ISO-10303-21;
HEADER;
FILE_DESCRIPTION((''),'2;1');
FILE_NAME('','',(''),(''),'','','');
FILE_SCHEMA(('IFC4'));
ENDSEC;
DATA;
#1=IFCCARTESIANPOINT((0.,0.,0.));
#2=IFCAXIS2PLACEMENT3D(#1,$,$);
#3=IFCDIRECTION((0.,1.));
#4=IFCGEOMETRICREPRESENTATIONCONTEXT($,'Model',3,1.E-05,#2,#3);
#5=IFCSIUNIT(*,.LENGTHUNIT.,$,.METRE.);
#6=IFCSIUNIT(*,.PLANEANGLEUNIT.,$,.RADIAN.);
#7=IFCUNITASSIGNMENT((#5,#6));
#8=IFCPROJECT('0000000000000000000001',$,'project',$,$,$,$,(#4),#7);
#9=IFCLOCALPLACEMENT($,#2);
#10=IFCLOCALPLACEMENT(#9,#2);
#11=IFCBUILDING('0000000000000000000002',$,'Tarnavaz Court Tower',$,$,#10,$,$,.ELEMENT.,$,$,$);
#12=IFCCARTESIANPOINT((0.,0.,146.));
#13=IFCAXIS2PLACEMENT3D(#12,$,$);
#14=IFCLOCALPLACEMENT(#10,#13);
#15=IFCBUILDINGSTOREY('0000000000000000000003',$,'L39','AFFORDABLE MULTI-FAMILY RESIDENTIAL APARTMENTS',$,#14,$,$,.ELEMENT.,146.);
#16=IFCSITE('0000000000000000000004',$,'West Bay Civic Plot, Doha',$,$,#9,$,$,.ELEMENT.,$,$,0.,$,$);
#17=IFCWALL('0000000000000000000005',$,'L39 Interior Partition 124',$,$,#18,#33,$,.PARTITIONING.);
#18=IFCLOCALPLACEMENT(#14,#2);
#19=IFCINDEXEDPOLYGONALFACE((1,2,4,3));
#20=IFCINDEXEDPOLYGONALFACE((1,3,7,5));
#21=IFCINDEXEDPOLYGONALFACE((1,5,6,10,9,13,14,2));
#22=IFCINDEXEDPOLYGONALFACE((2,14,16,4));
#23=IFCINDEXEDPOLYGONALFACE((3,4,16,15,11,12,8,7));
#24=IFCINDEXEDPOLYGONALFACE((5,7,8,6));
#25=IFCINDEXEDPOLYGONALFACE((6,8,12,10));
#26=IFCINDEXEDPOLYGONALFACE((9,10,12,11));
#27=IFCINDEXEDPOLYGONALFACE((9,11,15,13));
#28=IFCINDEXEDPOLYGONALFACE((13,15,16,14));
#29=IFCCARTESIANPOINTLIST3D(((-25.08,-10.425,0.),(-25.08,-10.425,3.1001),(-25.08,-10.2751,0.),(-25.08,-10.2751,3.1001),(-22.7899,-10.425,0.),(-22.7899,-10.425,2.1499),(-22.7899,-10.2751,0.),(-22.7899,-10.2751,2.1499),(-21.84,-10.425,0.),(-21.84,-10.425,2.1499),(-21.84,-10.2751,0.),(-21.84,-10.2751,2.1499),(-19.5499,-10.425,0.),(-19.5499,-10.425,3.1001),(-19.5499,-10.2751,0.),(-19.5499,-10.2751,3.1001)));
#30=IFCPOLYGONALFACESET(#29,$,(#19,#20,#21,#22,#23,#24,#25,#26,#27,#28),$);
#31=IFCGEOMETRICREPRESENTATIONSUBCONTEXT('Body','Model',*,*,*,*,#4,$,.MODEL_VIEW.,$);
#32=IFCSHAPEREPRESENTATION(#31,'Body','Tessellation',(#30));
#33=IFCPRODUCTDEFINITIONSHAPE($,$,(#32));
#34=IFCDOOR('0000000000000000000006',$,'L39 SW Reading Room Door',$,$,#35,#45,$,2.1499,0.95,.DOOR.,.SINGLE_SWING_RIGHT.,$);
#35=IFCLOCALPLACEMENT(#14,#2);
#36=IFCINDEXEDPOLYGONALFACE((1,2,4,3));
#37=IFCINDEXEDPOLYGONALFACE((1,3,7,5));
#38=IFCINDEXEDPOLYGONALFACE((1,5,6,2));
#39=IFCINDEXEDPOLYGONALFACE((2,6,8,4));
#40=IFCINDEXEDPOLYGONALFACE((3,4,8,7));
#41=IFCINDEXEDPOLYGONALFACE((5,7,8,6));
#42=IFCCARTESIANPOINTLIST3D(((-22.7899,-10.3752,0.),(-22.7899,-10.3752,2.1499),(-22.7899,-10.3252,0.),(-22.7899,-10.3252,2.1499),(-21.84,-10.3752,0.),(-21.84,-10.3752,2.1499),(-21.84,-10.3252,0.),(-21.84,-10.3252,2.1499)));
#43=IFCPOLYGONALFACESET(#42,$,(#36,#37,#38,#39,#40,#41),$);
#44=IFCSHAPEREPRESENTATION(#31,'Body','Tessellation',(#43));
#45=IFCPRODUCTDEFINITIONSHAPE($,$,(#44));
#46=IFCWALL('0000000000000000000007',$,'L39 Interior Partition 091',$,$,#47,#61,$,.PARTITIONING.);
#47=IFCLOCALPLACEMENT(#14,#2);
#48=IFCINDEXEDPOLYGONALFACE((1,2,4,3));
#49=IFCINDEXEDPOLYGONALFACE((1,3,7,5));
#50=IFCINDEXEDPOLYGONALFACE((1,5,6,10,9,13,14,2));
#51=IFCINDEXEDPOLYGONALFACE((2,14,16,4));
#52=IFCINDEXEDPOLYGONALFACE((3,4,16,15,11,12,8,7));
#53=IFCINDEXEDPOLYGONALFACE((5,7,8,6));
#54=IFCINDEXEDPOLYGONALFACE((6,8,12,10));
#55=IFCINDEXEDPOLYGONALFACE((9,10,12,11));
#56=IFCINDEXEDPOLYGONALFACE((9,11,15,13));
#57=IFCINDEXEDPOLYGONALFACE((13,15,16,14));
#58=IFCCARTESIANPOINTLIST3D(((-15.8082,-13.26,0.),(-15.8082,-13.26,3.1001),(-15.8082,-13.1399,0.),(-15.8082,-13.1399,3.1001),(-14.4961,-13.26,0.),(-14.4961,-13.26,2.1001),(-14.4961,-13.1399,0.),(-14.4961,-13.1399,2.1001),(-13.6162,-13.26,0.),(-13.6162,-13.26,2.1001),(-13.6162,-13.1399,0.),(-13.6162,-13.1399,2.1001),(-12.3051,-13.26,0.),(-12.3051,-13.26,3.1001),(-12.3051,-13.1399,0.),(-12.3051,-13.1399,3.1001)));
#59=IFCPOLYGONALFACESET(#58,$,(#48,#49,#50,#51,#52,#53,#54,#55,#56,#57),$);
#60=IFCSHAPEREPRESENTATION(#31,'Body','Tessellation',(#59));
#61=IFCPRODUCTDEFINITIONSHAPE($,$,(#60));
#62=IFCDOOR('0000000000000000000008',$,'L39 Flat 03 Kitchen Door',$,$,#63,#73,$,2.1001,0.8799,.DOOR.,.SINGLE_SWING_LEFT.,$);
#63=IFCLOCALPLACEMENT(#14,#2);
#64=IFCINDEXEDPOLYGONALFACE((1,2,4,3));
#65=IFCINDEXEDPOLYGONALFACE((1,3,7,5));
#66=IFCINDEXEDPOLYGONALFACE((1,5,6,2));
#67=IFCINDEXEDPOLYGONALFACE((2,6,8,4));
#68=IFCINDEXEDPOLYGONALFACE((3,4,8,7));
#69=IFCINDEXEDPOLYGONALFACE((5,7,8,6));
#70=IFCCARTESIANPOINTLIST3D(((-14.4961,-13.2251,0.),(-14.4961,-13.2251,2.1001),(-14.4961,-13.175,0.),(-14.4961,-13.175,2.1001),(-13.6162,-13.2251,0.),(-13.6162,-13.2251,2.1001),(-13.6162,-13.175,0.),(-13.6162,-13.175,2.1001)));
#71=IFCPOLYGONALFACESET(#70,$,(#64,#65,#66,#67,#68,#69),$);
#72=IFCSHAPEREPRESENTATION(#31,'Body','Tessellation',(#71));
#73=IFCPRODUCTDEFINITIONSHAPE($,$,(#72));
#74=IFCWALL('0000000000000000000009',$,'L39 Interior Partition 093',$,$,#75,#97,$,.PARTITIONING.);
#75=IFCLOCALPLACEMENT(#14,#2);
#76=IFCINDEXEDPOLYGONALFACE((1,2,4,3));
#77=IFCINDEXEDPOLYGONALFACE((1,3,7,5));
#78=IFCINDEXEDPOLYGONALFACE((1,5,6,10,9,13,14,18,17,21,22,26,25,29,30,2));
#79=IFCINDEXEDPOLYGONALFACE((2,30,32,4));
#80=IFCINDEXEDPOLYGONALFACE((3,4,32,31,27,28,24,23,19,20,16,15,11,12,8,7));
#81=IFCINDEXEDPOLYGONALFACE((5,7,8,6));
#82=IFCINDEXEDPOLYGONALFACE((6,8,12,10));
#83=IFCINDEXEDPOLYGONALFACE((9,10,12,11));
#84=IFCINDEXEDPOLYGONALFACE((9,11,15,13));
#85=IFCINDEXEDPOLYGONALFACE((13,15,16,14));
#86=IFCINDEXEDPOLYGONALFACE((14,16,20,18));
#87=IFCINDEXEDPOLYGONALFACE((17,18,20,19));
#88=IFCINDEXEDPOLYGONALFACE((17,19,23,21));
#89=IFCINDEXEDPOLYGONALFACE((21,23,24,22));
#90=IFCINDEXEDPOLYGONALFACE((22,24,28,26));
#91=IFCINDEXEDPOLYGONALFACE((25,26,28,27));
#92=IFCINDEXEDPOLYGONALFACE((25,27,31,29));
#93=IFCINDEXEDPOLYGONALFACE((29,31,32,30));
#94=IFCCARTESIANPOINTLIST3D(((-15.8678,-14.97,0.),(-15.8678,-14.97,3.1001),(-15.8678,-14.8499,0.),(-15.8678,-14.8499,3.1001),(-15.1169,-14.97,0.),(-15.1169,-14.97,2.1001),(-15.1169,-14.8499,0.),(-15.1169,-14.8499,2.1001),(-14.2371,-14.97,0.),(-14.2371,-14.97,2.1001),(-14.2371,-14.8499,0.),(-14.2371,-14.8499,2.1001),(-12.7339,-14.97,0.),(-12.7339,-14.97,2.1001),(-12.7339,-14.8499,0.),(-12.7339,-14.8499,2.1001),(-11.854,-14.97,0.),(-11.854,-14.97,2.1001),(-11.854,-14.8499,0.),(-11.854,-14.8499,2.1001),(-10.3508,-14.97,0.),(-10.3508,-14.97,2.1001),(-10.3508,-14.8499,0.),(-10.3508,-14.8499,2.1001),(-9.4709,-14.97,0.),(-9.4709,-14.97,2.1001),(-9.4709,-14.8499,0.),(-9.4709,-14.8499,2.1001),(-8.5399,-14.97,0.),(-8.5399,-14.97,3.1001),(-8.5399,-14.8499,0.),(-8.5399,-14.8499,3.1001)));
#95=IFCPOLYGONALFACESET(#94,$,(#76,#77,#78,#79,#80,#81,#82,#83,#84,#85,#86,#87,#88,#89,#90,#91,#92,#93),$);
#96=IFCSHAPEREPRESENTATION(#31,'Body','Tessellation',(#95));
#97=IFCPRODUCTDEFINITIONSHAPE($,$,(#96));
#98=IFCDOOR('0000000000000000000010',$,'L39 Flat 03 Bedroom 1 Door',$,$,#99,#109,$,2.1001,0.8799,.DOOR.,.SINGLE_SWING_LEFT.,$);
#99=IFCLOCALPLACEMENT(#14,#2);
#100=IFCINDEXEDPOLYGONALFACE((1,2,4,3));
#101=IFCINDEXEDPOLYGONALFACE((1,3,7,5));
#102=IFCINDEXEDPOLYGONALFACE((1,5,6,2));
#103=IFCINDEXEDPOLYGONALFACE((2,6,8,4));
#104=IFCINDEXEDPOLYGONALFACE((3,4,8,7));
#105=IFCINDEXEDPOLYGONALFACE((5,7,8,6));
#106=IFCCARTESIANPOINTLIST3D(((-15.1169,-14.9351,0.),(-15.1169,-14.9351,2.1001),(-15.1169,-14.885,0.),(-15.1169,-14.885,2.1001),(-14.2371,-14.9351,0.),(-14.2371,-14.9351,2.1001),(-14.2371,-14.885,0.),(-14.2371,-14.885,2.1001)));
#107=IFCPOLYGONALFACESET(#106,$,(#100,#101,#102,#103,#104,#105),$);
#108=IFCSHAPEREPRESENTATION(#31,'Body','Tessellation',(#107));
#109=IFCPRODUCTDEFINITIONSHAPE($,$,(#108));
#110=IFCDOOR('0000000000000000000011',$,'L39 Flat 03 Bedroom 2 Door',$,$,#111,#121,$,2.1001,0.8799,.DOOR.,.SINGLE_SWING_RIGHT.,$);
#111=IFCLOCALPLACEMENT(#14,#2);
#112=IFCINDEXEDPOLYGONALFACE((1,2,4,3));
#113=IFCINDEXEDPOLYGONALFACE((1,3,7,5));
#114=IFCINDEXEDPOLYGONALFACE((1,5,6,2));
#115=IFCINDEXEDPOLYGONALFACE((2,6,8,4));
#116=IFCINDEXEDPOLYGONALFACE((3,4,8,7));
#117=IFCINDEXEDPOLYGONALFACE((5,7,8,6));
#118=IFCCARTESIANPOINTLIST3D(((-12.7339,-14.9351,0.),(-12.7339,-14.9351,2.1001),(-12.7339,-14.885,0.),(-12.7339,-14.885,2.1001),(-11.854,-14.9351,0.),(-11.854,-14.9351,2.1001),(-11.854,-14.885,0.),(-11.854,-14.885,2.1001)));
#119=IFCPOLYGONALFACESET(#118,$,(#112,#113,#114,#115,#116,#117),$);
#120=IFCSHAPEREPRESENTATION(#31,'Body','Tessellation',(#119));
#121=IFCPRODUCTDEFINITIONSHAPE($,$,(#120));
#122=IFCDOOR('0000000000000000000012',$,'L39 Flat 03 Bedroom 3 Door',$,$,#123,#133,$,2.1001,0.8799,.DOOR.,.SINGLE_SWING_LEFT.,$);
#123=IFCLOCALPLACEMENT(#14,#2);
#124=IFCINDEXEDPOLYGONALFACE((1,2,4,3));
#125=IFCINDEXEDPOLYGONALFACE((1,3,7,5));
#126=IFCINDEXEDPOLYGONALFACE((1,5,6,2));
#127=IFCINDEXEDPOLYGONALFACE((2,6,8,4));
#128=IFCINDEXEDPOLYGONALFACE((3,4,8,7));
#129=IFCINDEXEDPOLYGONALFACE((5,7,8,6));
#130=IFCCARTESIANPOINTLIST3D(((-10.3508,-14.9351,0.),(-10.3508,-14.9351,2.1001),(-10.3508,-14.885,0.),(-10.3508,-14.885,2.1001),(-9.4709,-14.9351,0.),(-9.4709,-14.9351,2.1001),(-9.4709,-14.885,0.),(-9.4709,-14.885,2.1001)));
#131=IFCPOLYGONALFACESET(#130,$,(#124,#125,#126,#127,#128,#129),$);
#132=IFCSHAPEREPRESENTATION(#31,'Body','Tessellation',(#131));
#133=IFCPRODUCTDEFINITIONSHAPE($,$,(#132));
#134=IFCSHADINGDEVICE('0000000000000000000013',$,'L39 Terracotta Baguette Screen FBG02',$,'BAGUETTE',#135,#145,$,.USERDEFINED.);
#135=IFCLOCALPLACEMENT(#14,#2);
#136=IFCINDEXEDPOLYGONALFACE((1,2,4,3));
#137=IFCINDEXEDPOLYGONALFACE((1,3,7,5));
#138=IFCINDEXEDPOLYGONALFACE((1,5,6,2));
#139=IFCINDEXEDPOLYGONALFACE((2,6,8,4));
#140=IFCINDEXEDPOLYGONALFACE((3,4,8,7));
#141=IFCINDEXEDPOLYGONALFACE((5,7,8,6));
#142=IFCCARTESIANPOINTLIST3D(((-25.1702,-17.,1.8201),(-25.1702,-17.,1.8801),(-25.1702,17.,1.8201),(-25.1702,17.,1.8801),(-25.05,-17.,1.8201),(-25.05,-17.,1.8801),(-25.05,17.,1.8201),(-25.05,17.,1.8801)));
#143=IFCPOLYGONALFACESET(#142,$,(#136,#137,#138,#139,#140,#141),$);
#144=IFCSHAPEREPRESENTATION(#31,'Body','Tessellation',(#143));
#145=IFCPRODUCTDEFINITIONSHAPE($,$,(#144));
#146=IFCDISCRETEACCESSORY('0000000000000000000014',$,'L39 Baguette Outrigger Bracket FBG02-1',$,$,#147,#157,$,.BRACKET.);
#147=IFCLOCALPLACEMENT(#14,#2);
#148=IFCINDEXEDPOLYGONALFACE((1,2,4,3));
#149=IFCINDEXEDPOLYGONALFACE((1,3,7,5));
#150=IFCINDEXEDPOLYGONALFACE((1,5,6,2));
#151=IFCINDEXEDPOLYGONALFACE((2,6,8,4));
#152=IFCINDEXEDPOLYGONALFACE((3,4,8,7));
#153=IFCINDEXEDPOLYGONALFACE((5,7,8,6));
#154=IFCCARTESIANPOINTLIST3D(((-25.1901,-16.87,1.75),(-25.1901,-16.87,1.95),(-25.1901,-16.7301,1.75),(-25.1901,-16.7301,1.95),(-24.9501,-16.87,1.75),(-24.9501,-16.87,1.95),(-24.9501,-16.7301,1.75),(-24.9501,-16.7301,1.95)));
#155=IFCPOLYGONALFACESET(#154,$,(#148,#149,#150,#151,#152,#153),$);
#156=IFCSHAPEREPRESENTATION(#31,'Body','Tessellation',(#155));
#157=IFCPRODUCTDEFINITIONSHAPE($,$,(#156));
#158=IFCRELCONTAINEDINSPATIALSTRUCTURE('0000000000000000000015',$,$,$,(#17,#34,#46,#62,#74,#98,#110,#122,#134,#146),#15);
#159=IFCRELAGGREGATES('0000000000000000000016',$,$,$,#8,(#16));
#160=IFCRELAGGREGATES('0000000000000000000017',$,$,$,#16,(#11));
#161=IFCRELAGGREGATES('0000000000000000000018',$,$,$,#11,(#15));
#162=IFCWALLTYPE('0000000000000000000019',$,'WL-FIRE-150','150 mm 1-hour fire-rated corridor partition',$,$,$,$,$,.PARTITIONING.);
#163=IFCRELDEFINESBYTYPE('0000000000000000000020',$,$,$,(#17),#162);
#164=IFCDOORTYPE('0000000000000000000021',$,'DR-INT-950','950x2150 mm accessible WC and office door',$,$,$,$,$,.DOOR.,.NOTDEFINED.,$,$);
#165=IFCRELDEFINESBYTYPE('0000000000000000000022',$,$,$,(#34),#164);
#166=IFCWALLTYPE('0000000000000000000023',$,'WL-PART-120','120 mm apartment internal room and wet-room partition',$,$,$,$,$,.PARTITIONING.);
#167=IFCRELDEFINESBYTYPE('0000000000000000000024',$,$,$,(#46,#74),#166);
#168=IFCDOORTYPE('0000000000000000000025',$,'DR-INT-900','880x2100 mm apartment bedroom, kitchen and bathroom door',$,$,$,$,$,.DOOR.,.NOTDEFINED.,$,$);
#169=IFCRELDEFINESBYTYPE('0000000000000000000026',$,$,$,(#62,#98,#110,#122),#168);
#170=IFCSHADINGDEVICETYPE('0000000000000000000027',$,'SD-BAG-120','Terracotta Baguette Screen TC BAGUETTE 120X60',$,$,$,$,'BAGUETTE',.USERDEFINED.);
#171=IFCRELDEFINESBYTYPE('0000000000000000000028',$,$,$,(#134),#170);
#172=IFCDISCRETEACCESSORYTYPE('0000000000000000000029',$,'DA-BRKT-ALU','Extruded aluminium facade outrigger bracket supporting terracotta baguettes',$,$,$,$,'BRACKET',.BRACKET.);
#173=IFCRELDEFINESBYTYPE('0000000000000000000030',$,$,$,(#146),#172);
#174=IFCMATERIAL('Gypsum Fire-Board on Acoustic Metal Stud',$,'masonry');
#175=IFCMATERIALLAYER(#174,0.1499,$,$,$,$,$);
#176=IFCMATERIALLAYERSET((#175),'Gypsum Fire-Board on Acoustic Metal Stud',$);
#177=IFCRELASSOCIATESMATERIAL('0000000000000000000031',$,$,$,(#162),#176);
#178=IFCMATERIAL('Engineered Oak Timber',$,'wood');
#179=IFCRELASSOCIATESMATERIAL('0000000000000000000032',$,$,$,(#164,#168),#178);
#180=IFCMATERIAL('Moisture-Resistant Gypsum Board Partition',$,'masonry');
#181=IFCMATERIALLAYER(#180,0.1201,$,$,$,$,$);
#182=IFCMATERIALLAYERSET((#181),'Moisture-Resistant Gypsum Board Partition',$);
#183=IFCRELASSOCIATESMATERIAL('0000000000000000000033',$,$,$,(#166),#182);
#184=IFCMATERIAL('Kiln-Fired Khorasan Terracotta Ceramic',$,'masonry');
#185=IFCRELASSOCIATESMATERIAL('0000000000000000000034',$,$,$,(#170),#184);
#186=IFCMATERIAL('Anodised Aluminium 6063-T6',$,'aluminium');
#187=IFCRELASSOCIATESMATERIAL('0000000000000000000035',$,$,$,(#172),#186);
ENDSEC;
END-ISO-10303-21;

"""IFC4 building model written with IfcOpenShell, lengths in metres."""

from ifc_helpers import new_model, si_unit, direction, frame, frame_2d, origin, origin_2d, place, context, subcontext, project, spatial, rectangle, extrude, material, layer, layer_set, material_profile, profile_set, type_object, element, fill, save


model = new_model("IFC4")

# Units and contexts
model_context = context("Model", 3, precision=1e-05, world=origin(), true_north=direction((0.0, 1.0)))
body_context = subcontext(model_context, "Body", "Model", "MODEL_VIEW")
ifc_project = project(units=[si_unit("LENGTHUNIT", "METRE"), si_unit("PLANEANGLEUNIT", "RADIAN")], contexts=[model_context])

# Site, building, storey
site_placement = place(None, origin())
site = spatial("IfcSite", under=ifc_project, at=site_placement, Name="West Bay Civic Plot, Doha", CompositionType="ELEMENT", RefElevation=0.0)
building_placement = place(site_placement, origin())
building = spatial("IfcBuilding", under=site, at=building_placement, Name="Tarnavaz Court Tower", CompositionType="ELEMENT")
storey_placement = place(building_placement, frame((0.0, 0.0, 146.0)))
storey = spatial("IfcBuildingStorey", under=building, at=storey_placement, Name="L39", Description="AFFORDABLE MULTI-FAMILY RESIDENTIAL APARTMENTS", CompositionType="ELEMENT", Elevation=146.0)

# Walls, openings, doors
ifc_material_1 = material(Name="Gypsum Fire-Board on Acoustic Metal Stud", Category="masonry")
ifc_layer_1 = layer(ifc_material_1, 0.1499)
ifc_layer_set_1 = layer_set([ifc_layer_1], Name="Gypsum Fire-Board on Acoustic Metal Stud")
wall_type_1 = type_object("IfcWallType", Name="WL-FIRE-150", Description="150 mm 1-hour fire-rated corridor partition", PredefinedType="PARTITIONING", material=ifc_layer_set_1)
wall_1_placement = place(storey_placement, frame((-25.0801, -10.3501, 0.0), z_axis=(0.0, 0.0, 1.0), x_axis=(1.0, 0.0, 0.0)))
wall_1 = element("IfcWall", 1, at=wall_1_placement, inside=storey, type_object=wall_type_1, Name="L39 Interior Partition 124", PredefinedType="PARTITIONING", context=body_context, shape_type="SweptSolid", body=[
    extrude(rectangle(XDim=5.53, YDim=0.1499, at=frame_2d((2.7651, 0.0))), origin(), (0.0, 0.0, 1.0), 3.1001),
])
opening_1_placement = place(wall_1_placement, frame((2.29, 0.0, 0.0)))
opening_1 = element("IfcOpeningElement", 2, at=opening_1_placement, cuts=wall_1, PredefinedType="OPENING", context=body_context, shape_type="SweptSolid", body=[
    extrude(rectangle(XDim=0.95, YDim=2.1499, at=frame_2d((0.4751, 1.075))), frame((0.0, 0.085, 0.0), z_axis=(0.0, -1.0, 0.0), x_axis=(1.0, 0.0, 0.0)), (0.0, 0.0, 1.0), 0.1699),
])
ifc_material_2 = material(Name="Engineered Oak Timber", Category="wood")
door_type_1 = type_object("IfcDoorType", Name="DR-INT-950", Description="950x2150 mm accessible WC and office door", OperationType="NOTDEFINED", PredefinedType="DOOR", material=ifc_material_2)
door_1_placement = place(opening_1_placement, origin())
door_1 = element("IfcDoor", 3, at=door_1_placement, inside=storey, type_object=door_type_1, Name="L39 SW Reading Room Door", OperationType="SINGLE_SWING_RIGHT", OverallHeight=2.1499, OverallWidth=0.95, PredefinedType="DOOR", context=body_context, shape_type="SweptSolid", body=[
    extrude(rectangle(XDim=0.95, YDim=2.1499, at=frame_2d((0.4751, 1.075))), frame((0.0, 0.0249, 0.0), z_axis=(0.0, -1.0, 0.0), x_axis=(1.0, 0.0, 0.0)), (0.0, 0.0, 1.0), 0.05),
])
fill(opening_1, door_1)
ifc_material_3 = material(Name="Moisture-Resistant Gypsum Board Partition", Category="masonry")
ifc_layer_2 = layer(ifc_material_3, 0.1201)
ifc_layer_set_2 = layer_set([ifc_layer_2], Name="Moisture-Resistant Gypsum Board Partition")
wall_type_2 = type_object("IfcWallType", Name="WL-PART-120", Description="120 mm apartment internal room and wet-room partition", PredefinedType="PARTITIONING", material=ifc_layer_set_2)
wall_2_placement = place(storey_placement, frame((-15.8081, -13.2, 0.0), z_axis=(0.0, 0.0, 1.0), x_axis=(1.0, 0.0, 0.0)))
wall_2 = element("IfcWall", 4, at=wall_2_placement, inside=storey, type_object=wall_type_2, Name="L39 Interior Partition 091", PredefinedType="PARTITIONING", context=body_context, shape_type="SweptSolid", body=[
    extrude(rectangle(XDim=3.5032, YDim=0.1201, at=frame_2d((1.7515, 0.0))), origin(), (0.0, 0.0, 1.0), 3.1001),
])
opening_2_placement = place(wall_2_placement, frame((1.312, 0.0, 0.0)))
opening_2 = element("IfcOpeningElement", 5, at=opening_2_placement, cuts=wall_2, PredefinedType="OPENING", context=body_context, shape_type="SweptSolid", body=[
    extrude(rectangle(XDim=0.8799, YDim=2.1001, at=frame_2d((0.4399, 1.05))), frame((0.0, 0.0701, 0.0), z_axis=(0.0, -1.0, 0.0), x_axis=(1.0, 0.0, 0.0)), (0.0, 0.0, 1.0), 0.1401),
])
door_type_2 = type_object("IfcDoorType", Name="DR-INT-900", Description="880x2100 mm apartment bedroom, kitchen and bathroom door", OperationType="NOTDEFINED", PredefinedType="DOOR", material=ifc_material_2)
door_2_placement = place(opening_2_placement, origin())
door_2 = element("IfcDoor", 6, at=door_2_placement, inside=storey, type_object=door_type_2, Name="L39 Flat 03 Kitchen Door", OperationType="SINGLE_SWING_LEFT", OverallHeight=2.1001, OverallWidth=0.8799, PredefinedType="DOOR", context=body_context, shape_type="SweptSolid", body=[
    extrude(rectangle(XDim=0.8799, YDim=2.1001, at=frame_2d((0.4399, 1.05))), frame((0.0, 0.0249, 0.0), z_axis=(0.0, -1.0, 0.0), x_axis=(1.0, 0.0, 0.0)), (0.0, 0.0, 1.0), 0.05),
])
fill(opening_2, door_2)

# Wall, openings, doors
wall_3_placement = place(storey_placement, frame((-15.8679, -14.9099, 0.0), z_axis=(0.0, 0.0, 1.0), x_axis=(1.0, 0.0, 0.0)))
wall_3 = element("IfcWall", 7, at=wall_3_placement, inside=storey, type_object=wall_type_2, Name="L39 Interior Partition 093", PredefinedType="PARTITIONING", context=body_context, shape_type="SweptSolid", body=[
    extrude(rectangle(XDim=7.3279, YDim=0.1201, at=frame_2d((3.6641, 0.0))), origin(), (0.0, 0.0, 1.0), 3.1001),
])
opening_3_placement = place(wall_3_placement, frame((0.751, 0.0, 0.0)))
opening_3 = element("IfcOpeningElement", 8, at=opening_3_placement, cuts=wall_3, PredefinedType="OPENING", context=body_context, shape_type="SweptSolid", body=[
    extrude(rectangle(XDim=0.8799, YDim=2.1001, at=frame_2d((0.4399, 1.05))), frame((0.0, 0.0701, 0.0), z_axis=(0.0, -1.0, 0.0), x_axis=(1.0, 0.0, 0.0)), (0.0, 0.0, 1.0), 0.1401),
])
opening_4_placement = place(wall_3_placement, frame((3.134, 0.0, 0.0)))
opening_4 = element("IfcOpeningElement", 9, at=opening_4_placement, cuts=wall_3, PredefinedType="OPENING", context=body_context, shape_type="SweptSolid", body=[
    extrude(rectangle(XDim=0.8799, YDim=2.1001, at=frame_2d((0.4399, 1.05))), frame((0.0, 0.0701, 0.0), z_axis=(0.0, -1.0, 0.0), x_axis=(1.0, 0.0, 0.0)), (0.0, 0.0, 1.0), 0.1401),
])
opening_5_placement = place(wall_3_placement, frame((5.5171, 0.0, 0.0)))
opening_5 = element("IfcOpeningElement", 10, at=opening_5_placement, cuts=wall_3, PredefinedType="OPENING", context=body_context, shape_type="SweptSolid", body=[
    extrude(rectangle(XDim=0.8799, YDim=2.1001, at=frame_2d((0.4399, 1.05))), frame((0.0, 0.0701, 0.0), z_axis=(0.0, -1.0, 0.0), x_axis=(1.0, 0.0, 0.0)), (0.0, 0.0, 1.0), 0.1401),
])
door_3_placement = place(opening_3_placement, origin())
door_3 = element("IfcDoor", 11, at=door_3_placement, inside=storey, type_object=door_type_2, Name="L39 Flat 03 Bedroom 1 Door", OperationType="SINGLE_SWING_LEFT", OverallHeight=2.1001, OverallWidth=0.8799, PredefinedType="DOOR", context=body_context, shape_type="SweptSolid", body=[
    extrude(rectangle(XDim=0.8799, YDim=2.1001, at=frame_2d((0.4399, 1.05))), frame((0.0, 0.0249, 0.0), z_axis=(0.0, -1.0, 0.0), x_axis=(1.0, 0.0, 0.0)), (0.0, 0.0, 1.0), 0.05),
])
fill(opening_3, door_3)
door_4_placement = place(opening_4_placement, origin())
door_4 = element("IfcDoor", 12, at=door_4_placement, inside=storey, type_object=door_type_2, Name="L39 Flat 03 Bedroom 2 Door", OperationType="SINGLE_SWING_RIGHT", OverallHeight=2.1001, OverallWidth=0.8799, PredefinedType="DOOR", context=body_context, shape_type="SweptSolid", body=[
    extrude(rectangle(XDim=0.8799, YDim=2.1001, at=frame_2d((0.4399, 1.05))), frame((0.0, 0.0249, 0.0), z_axis=(0.0, -1.0, 0.0), x_axis=(1.0, 0.0, 0.0)), (0.0, 0.0, 1.0), 0.05),
])
fill(opening_4, door_4)
door_5_placement = place(opening_5_placement, origin())
door_5 = element("IfcDoor", 13, at=door_5_placement, inside=storey, type_object=door_type_2, Name="L39 Flat 03 Bedroom 3 Door", OperationType="SINGLE_SWING_LEFT", OverallHeight=2.1001, OverallWidth=0.8799, PredefinedType="DOOR", context=body_context, shape_type="SweptSolid", body=[
    extrude(rectangle(XDim=0.8799, YDim=2.1001, at=frame_2d((0.4399, 1.05))), frame((0.0, 0.0249, 0.0), z_axis=(0.0, -1.0, 0.0), x_axis=(1.0, 0.0, 0.0)), (0.0, 0.0, 1.0), 0.05),
])
fill(opening_5, door_5)

# Shading device
ifc_material_4 = material(Name="Kiln-Fired Khorasan Terracotta Ceramic", Category="masonry")
ifc_material_profile_1 = material_profile(ifc_material_4, rectangle(XDim=0.1201, YDim=0.0601, at=origin_2d()), Name="TC BAGUETTE 120X60")
ifc_profile_set_1 = profile_set([ifc_material_profile_1], Name="Kiln-Fired Khorasan Terracotta Ceramic")
shading_device_type = type_object("IfcShadingDeviceType", Name="SD-BAG-120", Description="Terracotta Baguette Screen TC BAGUETTE 120X60", ElementType="BAGUETTE", PredefinedType="USERDEFINED", material=ifc_profile_set_1)
shading_device_placement = place(storey_placement, frame((-25.1101, -17.0, 1.8501), z_axis=(0.0, 1.0, 0.0), x_axis=(-1.0, 0.0, 0.0)))
element("IfcShadingDevice", 14, at=shading_device_placement, inside=storey, type_object=shading_device_type, Name="L39 Terracotta Baguette Screen FBG02", ObjectType="BAGUETTE", PredefinedType="USERDEFINED", context=body_context, shape_type="SweptSolid", body=[
    extrude(rectangle(XDim=0.1201, YDim=0.0601, at=origin_2d()), origin(), (0.0, 0.0, 1.0), 34.0),
])

# Discrete accessory
ifc_material_5 = material(Name="Anodised Aluminium 6063-T6", Category="aluminium")
discrete_accessory_type = type_object("IfcDiscreteAccessoryType", Name="DA-BRKT-ALU", Description="Extruded aluminium facade outrigger bracket supporting terracotta baguettes", ElementType="BRACKET", PredefinedType="BRACKET", material=ifc_material_5)
discrete_accessory_placement = place(storey_placement, frame((-25.0701, -16.8, 1.75), z_axis=(0.0, 0.0, 1.0), x_axis=(0.0, 1.0, 0.0)))
element("IfcDiscreteAccessory", 15, at=discrete_accessory_placement, inside=storey, type_object=discrete_accessory_type, Name="L39 Baguette Outrigger Bracket FBG02-1", PredefinedType="BRACKET", context=body_context, shape_type="SweptSolid", body=[
    extrude(rectangle(XDim=0.1399, YDim=0.24, at=origin_2d()), origin(), (0.0, 0.0, 1.0), 0.2),
])

save(model, "model.ifc")
